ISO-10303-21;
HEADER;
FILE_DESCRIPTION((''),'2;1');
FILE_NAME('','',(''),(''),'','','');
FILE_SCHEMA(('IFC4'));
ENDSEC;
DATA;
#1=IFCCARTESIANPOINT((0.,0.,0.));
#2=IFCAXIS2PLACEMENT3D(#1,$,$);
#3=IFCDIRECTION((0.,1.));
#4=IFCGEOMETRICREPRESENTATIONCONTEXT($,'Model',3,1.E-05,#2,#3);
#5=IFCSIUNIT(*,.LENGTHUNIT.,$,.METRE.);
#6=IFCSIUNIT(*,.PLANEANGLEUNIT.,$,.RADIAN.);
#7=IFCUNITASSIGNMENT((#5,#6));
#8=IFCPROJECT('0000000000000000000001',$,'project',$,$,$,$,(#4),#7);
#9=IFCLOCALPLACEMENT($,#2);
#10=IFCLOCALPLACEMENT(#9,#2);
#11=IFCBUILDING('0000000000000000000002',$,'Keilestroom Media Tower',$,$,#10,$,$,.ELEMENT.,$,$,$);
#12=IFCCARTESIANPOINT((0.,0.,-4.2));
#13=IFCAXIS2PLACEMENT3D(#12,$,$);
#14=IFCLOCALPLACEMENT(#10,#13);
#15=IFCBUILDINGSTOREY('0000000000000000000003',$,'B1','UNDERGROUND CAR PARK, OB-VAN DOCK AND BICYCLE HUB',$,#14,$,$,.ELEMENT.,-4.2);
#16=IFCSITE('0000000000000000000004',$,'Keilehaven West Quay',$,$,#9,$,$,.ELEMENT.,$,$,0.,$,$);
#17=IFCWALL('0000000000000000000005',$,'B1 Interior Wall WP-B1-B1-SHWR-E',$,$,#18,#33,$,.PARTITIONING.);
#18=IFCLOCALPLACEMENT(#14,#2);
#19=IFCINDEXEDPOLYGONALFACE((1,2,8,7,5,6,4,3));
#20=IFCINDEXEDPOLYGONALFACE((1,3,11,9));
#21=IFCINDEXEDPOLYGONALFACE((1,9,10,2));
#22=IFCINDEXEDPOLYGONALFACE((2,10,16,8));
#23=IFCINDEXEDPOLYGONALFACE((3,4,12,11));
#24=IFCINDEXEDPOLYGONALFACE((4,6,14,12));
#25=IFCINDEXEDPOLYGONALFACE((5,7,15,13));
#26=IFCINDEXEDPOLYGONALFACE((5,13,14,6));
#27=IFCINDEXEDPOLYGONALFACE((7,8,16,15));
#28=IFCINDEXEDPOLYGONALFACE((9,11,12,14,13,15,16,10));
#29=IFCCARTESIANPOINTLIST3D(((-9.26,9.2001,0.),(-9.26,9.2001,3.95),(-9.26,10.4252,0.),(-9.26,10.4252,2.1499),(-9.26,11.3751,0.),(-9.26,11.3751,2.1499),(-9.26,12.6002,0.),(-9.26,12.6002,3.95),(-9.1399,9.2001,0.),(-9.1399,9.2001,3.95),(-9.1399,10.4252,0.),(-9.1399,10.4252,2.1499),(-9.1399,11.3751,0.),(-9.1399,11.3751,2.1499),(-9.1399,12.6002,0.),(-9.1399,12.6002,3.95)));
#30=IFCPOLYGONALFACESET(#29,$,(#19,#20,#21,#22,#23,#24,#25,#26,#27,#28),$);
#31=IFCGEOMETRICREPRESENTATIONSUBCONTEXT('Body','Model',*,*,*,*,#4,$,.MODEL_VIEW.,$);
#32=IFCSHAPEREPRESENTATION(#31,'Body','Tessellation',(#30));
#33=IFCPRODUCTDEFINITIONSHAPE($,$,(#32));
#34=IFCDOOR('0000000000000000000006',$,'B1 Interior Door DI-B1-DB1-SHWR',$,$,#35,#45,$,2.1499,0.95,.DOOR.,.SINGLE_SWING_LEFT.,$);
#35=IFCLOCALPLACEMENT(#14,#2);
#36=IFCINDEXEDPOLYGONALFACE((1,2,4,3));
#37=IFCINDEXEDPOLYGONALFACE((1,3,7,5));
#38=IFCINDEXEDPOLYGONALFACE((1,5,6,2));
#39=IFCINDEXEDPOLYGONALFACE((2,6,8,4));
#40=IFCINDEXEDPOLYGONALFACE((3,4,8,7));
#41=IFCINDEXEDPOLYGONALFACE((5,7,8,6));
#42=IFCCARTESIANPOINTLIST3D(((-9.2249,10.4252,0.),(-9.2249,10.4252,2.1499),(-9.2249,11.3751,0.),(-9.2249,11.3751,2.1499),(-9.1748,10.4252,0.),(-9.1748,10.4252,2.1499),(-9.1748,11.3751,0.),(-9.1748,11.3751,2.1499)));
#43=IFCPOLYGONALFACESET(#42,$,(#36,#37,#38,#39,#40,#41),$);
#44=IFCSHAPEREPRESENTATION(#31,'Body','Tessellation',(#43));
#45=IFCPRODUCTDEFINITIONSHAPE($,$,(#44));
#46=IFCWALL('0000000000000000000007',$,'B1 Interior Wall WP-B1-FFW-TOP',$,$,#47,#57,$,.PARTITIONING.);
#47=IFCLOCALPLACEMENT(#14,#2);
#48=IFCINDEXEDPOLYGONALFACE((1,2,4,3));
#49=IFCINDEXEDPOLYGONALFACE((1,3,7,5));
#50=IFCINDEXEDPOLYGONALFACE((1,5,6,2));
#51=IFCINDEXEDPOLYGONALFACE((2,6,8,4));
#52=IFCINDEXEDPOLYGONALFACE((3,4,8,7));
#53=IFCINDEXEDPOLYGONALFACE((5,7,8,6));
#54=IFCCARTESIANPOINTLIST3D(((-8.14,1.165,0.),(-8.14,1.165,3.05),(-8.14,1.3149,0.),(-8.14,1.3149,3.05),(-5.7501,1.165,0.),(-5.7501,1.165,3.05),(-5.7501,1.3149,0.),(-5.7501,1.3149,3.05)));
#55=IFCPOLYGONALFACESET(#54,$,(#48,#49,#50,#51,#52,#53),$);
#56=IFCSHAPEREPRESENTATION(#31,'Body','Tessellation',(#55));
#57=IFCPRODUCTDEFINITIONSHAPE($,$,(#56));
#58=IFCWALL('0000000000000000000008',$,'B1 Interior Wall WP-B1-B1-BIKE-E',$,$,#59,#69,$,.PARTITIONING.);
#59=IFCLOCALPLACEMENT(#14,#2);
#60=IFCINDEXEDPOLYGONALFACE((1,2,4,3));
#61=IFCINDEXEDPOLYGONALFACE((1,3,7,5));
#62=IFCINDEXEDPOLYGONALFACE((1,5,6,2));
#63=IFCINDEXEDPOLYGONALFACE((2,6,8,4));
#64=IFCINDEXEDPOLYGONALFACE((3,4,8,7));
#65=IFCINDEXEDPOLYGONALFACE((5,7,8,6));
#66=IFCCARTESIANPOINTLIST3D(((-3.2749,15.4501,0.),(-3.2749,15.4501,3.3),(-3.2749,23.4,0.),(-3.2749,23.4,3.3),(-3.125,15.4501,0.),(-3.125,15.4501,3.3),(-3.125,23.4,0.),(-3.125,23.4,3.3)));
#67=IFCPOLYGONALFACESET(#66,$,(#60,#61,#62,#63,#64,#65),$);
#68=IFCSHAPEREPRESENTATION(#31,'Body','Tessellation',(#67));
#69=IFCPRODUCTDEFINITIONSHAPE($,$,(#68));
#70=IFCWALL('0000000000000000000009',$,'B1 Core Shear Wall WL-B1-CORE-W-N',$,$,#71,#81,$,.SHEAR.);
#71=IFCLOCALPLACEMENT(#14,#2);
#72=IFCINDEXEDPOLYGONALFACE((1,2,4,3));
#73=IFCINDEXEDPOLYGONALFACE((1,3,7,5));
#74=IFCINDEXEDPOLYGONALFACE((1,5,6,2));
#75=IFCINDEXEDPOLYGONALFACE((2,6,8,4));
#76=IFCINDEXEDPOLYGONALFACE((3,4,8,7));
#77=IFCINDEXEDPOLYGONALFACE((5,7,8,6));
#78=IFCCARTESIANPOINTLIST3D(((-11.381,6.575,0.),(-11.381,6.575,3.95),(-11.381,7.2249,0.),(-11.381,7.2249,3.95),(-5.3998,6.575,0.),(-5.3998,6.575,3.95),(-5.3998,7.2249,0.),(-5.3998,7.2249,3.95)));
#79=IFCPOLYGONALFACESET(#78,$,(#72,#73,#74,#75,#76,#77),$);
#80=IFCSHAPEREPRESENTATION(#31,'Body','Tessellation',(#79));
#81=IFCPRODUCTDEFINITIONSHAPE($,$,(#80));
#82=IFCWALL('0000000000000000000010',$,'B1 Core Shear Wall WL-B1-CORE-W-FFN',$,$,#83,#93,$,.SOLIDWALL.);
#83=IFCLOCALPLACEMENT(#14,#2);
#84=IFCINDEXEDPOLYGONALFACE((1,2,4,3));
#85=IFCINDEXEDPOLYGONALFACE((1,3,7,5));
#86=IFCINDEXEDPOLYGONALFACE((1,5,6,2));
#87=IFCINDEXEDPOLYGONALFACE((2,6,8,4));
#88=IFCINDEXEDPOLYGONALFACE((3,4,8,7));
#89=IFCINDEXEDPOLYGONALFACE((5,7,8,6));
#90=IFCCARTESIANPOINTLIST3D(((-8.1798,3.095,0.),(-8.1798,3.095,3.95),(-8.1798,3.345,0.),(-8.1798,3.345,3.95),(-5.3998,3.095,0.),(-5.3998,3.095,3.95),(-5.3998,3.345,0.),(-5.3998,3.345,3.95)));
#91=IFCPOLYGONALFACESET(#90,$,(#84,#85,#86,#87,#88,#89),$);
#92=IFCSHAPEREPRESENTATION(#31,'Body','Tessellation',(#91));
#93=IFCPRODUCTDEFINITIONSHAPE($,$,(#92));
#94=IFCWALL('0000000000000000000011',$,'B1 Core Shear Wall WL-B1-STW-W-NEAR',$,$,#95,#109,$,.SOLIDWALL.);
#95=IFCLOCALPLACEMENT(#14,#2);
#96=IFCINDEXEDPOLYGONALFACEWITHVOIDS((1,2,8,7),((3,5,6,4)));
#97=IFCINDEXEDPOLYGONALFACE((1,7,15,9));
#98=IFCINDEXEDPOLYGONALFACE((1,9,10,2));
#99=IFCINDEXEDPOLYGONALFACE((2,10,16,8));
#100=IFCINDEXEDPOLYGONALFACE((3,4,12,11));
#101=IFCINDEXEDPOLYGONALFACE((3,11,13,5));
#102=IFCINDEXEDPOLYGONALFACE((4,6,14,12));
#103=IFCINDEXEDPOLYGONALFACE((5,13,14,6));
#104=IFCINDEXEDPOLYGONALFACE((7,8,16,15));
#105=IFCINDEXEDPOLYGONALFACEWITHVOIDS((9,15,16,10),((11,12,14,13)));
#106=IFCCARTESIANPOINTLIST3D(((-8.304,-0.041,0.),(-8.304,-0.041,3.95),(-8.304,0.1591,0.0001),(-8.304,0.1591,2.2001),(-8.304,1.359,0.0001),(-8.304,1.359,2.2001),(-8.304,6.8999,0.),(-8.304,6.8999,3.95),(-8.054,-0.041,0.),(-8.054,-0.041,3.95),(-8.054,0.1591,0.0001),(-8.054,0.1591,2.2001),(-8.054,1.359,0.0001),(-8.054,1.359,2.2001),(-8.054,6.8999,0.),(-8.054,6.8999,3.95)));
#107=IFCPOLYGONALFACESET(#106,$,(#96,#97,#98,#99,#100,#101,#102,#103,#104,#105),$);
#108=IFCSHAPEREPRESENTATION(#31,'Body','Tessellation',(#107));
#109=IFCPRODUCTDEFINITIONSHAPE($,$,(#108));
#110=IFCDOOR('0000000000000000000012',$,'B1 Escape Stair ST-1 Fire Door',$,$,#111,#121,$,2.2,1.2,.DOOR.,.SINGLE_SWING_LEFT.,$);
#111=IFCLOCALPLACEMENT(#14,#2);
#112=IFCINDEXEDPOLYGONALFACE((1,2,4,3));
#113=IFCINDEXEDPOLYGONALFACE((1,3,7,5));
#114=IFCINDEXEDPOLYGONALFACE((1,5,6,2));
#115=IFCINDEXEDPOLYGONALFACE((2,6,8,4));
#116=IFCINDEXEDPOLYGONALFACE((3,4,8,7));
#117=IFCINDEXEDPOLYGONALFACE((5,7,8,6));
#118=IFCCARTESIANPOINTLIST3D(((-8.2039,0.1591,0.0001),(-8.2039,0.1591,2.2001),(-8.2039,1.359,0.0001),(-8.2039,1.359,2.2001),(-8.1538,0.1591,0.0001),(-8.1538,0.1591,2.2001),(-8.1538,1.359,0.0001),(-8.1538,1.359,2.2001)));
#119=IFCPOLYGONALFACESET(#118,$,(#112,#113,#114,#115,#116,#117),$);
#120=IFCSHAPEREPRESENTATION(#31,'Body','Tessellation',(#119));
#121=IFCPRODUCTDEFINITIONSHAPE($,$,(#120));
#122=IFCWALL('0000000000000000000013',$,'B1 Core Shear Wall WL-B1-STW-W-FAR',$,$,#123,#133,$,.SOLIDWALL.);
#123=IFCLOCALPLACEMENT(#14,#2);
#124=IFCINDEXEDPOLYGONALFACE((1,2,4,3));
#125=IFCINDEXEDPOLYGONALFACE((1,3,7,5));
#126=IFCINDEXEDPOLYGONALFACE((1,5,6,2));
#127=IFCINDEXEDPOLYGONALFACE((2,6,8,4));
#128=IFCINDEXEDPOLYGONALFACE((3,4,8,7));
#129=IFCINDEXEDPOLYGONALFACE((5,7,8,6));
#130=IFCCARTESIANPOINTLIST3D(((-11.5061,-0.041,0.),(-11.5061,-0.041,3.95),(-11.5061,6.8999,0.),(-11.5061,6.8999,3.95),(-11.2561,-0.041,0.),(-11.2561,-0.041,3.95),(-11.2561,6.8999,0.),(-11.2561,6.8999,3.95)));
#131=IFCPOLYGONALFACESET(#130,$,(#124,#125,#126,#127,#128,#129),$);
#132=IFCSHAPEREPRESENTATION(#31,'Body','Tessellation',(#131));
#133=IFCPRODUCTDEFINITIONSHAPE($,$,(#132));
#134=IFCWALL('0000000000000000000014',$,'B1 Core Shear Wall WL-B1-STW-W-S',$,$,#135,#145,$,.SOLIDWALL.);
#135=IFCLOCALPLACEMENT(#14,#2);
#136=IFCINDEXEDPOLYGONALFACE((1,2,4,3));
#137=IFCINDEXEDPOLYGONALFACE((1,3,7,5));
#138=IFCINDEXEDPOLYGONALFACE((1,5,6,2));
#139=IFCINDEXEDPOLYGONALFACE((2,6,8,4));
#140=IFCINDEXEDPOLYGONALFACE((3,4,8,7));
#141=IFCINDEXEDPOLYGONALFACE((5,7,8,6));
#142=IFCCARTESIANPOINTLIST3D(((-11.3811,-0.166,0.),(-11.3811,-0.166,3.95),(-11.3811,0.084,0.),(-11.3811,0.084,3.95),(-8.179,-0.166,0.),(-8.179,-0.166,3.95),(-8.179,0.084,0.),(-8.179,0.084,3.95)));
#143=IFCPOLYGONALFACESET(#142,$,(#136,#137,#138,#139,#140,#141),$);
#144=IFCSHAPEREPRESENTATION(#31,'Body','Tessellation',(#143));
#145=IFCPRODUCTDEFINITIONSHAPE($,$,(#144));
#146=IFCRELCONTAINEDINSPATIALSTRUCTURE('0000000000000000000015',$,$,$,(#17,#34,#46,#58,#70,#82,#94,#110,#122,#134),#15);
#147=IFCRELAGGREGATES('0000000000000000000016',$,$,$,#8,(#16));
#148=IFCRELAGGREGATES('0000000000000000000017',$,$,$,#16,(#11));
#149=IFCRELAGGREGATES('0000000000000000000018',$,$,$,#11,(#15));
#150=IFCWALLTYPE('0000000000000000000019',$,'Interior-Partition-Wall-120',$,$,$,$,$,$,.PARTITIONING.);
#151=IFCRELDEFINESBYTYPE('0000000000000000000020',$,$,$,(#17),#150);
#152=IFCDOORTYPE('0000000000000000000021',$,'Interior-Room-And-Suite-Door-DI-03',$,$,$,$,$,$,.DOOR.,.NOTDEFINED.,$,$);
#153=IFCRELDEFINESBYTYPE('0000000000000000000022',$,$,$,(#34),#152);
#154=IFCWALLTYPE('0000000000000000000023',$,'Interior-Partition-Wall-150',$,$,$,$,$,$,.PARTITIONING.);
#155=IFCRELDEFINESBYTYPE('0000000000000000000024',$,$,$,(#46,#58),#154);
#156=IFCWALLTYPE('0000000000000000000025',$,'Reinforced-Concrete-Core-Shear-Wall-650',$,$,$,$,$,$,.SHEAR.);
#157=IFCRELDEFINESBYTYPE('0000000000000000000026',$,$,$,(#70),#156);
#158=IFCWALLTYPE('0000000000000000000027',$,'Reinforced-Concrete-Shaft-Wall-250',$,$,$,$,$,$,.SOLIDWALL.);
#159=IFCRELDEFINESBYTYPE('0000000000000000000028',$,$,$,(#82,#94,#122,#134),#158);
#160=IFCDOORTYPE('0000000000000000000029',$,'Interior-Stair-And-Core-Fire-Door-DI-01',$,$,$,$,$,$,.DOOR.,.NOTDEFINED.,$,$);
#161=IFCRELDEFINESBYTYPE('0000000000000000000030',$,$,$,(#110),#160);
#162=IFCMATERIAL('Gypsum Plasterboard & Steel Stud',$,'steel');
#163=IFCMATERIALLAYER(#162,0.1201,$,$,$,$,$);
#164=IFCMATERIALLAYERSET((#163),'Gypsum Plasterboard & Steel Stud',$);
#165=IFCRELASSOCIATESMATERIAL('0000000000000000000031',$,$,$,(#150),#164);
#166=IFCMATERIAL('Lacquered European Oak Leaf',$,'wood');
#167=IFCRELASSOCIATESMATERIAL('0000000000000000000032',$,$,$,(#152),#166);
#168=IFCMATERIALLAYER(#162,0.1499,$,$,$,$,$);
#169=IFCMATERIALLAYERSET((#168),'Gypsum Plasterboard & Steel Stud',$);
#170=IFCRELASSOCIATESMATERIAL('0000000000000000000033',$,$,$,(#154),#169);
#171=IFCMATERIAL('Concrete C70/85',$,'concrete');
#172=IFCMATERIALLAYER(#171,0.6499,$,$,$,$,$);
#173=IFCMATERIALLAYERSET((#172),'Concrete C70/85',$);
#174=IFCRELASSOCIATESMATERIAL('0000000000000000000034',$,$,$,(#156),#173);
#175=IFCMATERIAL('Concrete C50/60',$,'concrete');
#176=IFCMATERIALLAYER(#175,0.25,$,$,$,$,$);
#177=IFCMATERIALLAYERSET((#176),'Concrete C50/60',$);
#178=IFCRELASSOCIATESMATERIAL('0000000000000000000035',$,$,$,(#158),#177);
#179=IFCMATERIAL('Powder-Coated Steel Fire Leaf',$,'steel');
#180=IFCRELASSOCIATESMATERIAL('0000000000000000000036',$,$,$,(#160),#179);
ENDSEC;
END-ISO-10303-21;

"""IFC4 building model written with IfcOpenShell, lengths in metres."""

from ifc_helpers import new_model, si_unit, direction, frame, frame_2d, origin, place, context, subcontext, project, spatial, rectangle, extrude, source, transform, mapped, material, layer, layer_set, type_object, element, fill, save


model = new_model("IFC4")

# Units and contexts
model_context = context("Model", 3, precision=1e-05, world=origin(), true_north=direction((0.0, 1.0)))
body_context = subcontext(model_context, "Body", "Model", "MODEL_VIEW")
ifc_project = project(units=[si_unit("LENGTHUNIT", "METRE"), si_unit("PLANEANGLEUNIT", "RADIAN")], contexts=[model_context])

# Site, building, storey
site_placement = place(None, origin())
site = spatial("IfcSite", under=ifc_project, at=site_placement, Name="Keilehaven West Quay", CompositionType="ELEMENT", RefElevation=0.0)
building_placement = place(site_placement, origin())
building = spatial("IfcBuilding", under=site, at=building_placement, Name="Keilestroom Media Tower", CompositionType="ELEMENT")
storey_placement = place(building_placement, frame((0.0, 0.0, -4.2)))
storey = spatial("IfcBuildingStorey", under=building, at=storey_placement, Name="B1", Description="UNDERGROUND CAR PARK, OB-VAN DOCK AND BICYCLE HUB", CompositionType="ELEMENT", Elevation=-4.2)

# Shared definitions
ifc_material_1 = material(Name="Concrete C50/60", Category="concrete")

# Shared definitions
ifc_material_2 = material(Name="Gypsum Plasterboard & Steel Stud", Category="steel")
ifc_layer_1 = layer(ifc_material_2, 0.1201)
ifc_layer_set_1 = layer_set([ifc_layer_1], Name="Gypsum Plasterboard & Steel Stud")
wall_type_1 = type_object("IfcWallType", Name="Interior-Partition-Wall-120", PredefinedType="PARTITIONING", material=ifc_layer_set_1)

# Wall, opening, door
wall_1_placement = place(storey_placement, frame((-9.2, 9.2, 0.0), z_axis=(0.0, 0.0, 1.0), x_axis=(0.0, 1.0, 0.0)))
wall_1 = element("IfcWall", 1, at=wall_1_placement, inside=storey, type_object=wall_type_1, Name="B1 Interior Wall WP-B1-B1-SHWR-E", PredefinedType="PARTITIONING", context=body_context, shape_type="SweptSolid", body=[
    extrude(rectangle(XDim=3.4001, YDim=0.1201, at=frame_2d((1.7002, 0.0))), origin(), (0.0, 0.0, 1.0), 3.95),
])
opening_1_placement = place(wall_1_placement, frame((1.2251, 0.0, 0.0)))
opening_1 = element("IfcOpeningElement", 2, at=opening_1_placement, cuts=wall_1, PredefinedType="OPENING", context=body_context, shape_type="SweptSolid", body=[
    extrude(rectangle(XDim=0.95, YDim=2.1499, at=frame_2d((0.4751, 1.075))), frame((0.0, 0.0701, 0.0), z_axis=(0.0, -1.0, 0.0), x_axis=(1.0, 0.0, 0.0)), (0.0, 0.0, 1.0), 0.1401),
])
ifc_material_3 = material(Name="Lacquered European Oak Leaf", Category="wood")
door_type_1 = type_object("IfcDoorType", Name="Interior-Room-And-Suite-Door-DI-03", OperationType="NOTDEFINED", PredefinedType="DOOR", material=ifc_material_3)
shared_shape_1 = source(origin(), body_context, "Body", "SweptSolid", [
    extrude(rectangle(XDim=0.95, YDim=2.1499, at=frame_2d((0.4751, 1.075))), frame((0.0, 0.0249, 0.0), z_axis=(0.0, -1.0, 0.0), x_axis=(1.0, 0.0, 0.0)), (0.0, 0.0, 1.0), 0.05),
])
door_1_placement = place(opening_1_placement, origin())
door_1 = element("IfcDoor", 3, at=door_1_placement, inside=storey, type_object=door_type_1, Name="B1 Interior Door DI-B1-DB1-SHWR", OperationType="SINGLE_SWING_LEFT", OverallHeight=2.1499, OverallWidth=0.95, PredefinedType="DOOR", context=body_context, shape_type="MappedRepresentation", body=[
    mapped(shared_shape_1, transform((0.0, 0.0, 0.0), x_axis=(1.0, 0.0, 0.0), y_axis=(0.0, 1.0, 0.0), z_axis=(0.0, 0.0, 1.0), scale=1.0)),
])
fill(opening_1, door_1)

# Walls
ifc_layer_2 = layer(ifc_material_2, 0.1499)
ifc_layer_set_2 = layer_set([ifc_layer_2], Name="Gypsum Plasterboard & Steel Stud")
wall_type_2 = type_object("IfcWallType", Name="Interior-Partition-Wall-150", PredefinedType="PARTITIONING", material=ifc_layer_set_2)
wall_2_placement = place(storey_placement, frame((-8.1399, 1.24, 0.0), z_axis=(0.0, 0.0, 1.0), x_axis=(1.0, 0.0, 0.0)))
element("IfcWall", 4, at=wall_2_placement, inside=storey, type_object=wall_type_2, Name="B1 Interior Wall WP-B1-FFW-TOP", PredefinedType="PARTITIONING", context=body_context, shape_type="SweptSolid", body=[
    extrude(rectangle(XDim=2.3899, YDim=0.1499, at=frame_2d((1.1948, 0.0))), origin(), (0.0, 0.0, 1.0), 3.05),
])
wall_3_placement = place(storey_placement, frame((-3.2, 15.45, 0.0), z_axis=(0.0, 0.0, 1.0), x_axis=(0.0, 1.0, 0.0)))
element("IfcWall", 5, at=wall_3_placement, inside=storey, type_object=wall_type_2, Name="B1 Interior Wall WP-B1-B1-BIKE-E", PredefinedType="PARTITIONING", context=body_context, shape_type="SweptSolid", body=[
    extrude(rectangle(XDim=7.95, YDim=0.1499, at=frame_2d((3.9751, 0.0))), origin(), (0.0, 0.0, 1.0), 3.3),
])
ifc_material_4 = material(Name="Concrete C70/85", Category="concrete")
ifc_layer_3 = layer(ifc_material_4, 0.6499)
ifc_layer_set_3 = layer_set([ifc_layer_3], Name="Concrete C70/85")
wall_type_3 = type_object("IfcWallType", Name="Reinforced-Concrete-Core-Shear-Wall-650", PredefinedType="SHEAR", material=ifc_layer_set_3)
wall_4_placement = place(storey_placement, frame((-11.3811, 6.8999, 0.0), z_axis=(0.0, 0.0, 1.0), x_axis=(1.0, 0.0, 0.0)))
element("IfcWall", 6, at=wall_4_placement, inside=storey, type_object=wall_type_3, Name="B1 Core Shear Wall WL-B1-CORE-W-N", PredefinedType="SHEAR", context=body_context, shape_type="SweptSolid", body=[
    extrude(rectangle(XDim=5.9812, YDim=0.6499, at=frame_2d((2.9907, 0.0))), origin(), (0.0, 0.0, 1.0), 3.95),
])
ifc_layer_4 = layer(ifc_material_1, 0.25)
ifc_layer_set_4 = layer_set([ifc_layer_4], Name="Concrete C50/60")
wall_type_4 = type_object("IfcWallType", Name="Reinforced-Concrete-Shaft-Wall-250", PredefinedType="SOLIDWALL", material=ifc_layer_set_4)
wall_5_placement = place(storey_placement, frame((-8.1799, 3.22, 0.0), z_axis=(0.0, 0.0, 1.0), x_axis=(1.0, 0.0, 0.0)))
element("IfcWall", 7, at=wall_5_placement, inside=storey, type_object=wall_type_4, Name="B1 Core Shear Wall WL-B1-CORE-W-FFN", PredefinedType="SOLIDWALL", context=body_context, shape_type="SweptSolid", body=[
    extrude(rectangle(XDim=2.78, YDim=0.25, at=frame_2d((1.3901, 0.0))), origin(), (0.0, 0.0, 1.0), 3.95),
])

# Wall, opening, door
wall_6_placement = place(storey_placement, frame((-8.179, -0.041, 0.0), z_axis=(0.0, 0.0, 1.0), x_axis=(0.0, 1.0, 0.0)))
wall_6 = element("IfcWall", 8, at=wall_6_placement, inside=storey, type_object=wall_type_4, Name="B1 Core Shear Wall WL-B1-STW-W-NEAR", PredefinedType="SOLIDWALL", context=body_context, shape_type="SweptSolid", body=[
    extrude(rectangle(XDim=6.9409, YDim=0.25, at=frame_2d((3.4705, 0.0))), origin(), (0.0, 0.0, 1.0), 3.95),
])
opening_2_placement = place(wall_6_placement, frame((0.2, 0.0, 0.0)))
opening_2 = element("IfcOpeningElement", 9, at=opening_2_placement, cuts=wall_6, PredefinedType="OPENING", context=body_context, shape_type="SweptSolid", body=[
    extrude(rectangle(XDim=1.2, YDim=2.2, at=frame_2d((0.6001, 1.1001))), frame((0.0, 0.135, 0.0), z_axis=(0.0, -1.0, 0.0), x_axis=(1.0, 0.0, 0.0)), (0.0, 0.0, 1.0), 0.27),
])
ifc_material_5 = material(Name="Powder-Coated Steel Fire Leaf", Category="steel")
door_type_2 = type_object("IfcDoorType", Name="Interior-Stair-And-Core-Fire-Door-DI-01", OperationType="NOTDEFINED", PredefinedType="DOOR", material=ifc_material_5)
shared_shape_2 = source(origin(), body_context, "Body", "SweptSolid", [
    extrude(rectangle(XDim=1.2, YDim=2.2, at=frame_2d((0.6001, 1.1001))), frame((0.0, 0.0249, 0.0), z_axis=(0.0, -1.0, 0.0), x_axis=(1.0, 0.0, 0.0)), (0.0, 0.0, 1.0), 0.05),
])
door_2_placement = place(opening_2_placement, origin())
door_2 = element("IfcDoor", 10, at=door_2_placement, inside=storey, type_object=door_type_2, Name="B1 Escape Stair ST-1 Fire Door", OperationType="SINGLE_SWING_LEFT", OverallHeight=2.2, OverallWidth=1.2, PredefinedType="DOOR", context=body_context, shape_type="MappedRepresentation", body=[
    mapped(shared_shape_2, transform((0.0, 0.0, 0.0), x_axis=(1.0, 0.0, 0.0), y_axis=(0.0, 1.0, 0.0), z_axis=(0.0, 0.0, 1.0), scale=1.0)),
])
fill(opening_2, door_2)

# Walls
wall_7_placement = place(storey_placement, frame((-11.3811, -0.041, 0.0), z_axis=(0.0, 0.0, 1.0), x_axis=(0.0, 1.0, 0.0)))
element("IfcWall", 11, at=wall_7_placement, inside=storey, type_object=wall_type_4, Name="B1 Core Shear Wall WL-B1-STW-W-FAR", PredefinedType="SOLIDWALL", context=body_context, shape_type="SweptSolid", body=[
    extrude(rectangle(XDim=6.9409, YDim=0.25, at=frame_2d((3.4705, 0.0))), origin(), (0.0, 0.0, 1.0), 3.95),
])
wall_8_placement = place(storey_placement, frame((-11.3811, -0.041, 0.0), z_axis=(0.0, 0.0, 1.0), x_axis=(1.0, 0.0, 0.0)))
element("IfcWall", 12, at=wall_8_placement, inside=storey, type_object=wall_type_4, Name="B1 Core Shear Wall WL-B1-STW-W-S", PredefinedType="SOLIDWALL", context=body_context, shape_type="SweptSolid", body=[
    extrude(rectangle(XDim=3.2021, YDim=0.25, at=frame_2d((1.6011, 0.0))), origin(), (0.0, 0.0, 1.0), 3.95),
])

save(model, "model.ifc")
